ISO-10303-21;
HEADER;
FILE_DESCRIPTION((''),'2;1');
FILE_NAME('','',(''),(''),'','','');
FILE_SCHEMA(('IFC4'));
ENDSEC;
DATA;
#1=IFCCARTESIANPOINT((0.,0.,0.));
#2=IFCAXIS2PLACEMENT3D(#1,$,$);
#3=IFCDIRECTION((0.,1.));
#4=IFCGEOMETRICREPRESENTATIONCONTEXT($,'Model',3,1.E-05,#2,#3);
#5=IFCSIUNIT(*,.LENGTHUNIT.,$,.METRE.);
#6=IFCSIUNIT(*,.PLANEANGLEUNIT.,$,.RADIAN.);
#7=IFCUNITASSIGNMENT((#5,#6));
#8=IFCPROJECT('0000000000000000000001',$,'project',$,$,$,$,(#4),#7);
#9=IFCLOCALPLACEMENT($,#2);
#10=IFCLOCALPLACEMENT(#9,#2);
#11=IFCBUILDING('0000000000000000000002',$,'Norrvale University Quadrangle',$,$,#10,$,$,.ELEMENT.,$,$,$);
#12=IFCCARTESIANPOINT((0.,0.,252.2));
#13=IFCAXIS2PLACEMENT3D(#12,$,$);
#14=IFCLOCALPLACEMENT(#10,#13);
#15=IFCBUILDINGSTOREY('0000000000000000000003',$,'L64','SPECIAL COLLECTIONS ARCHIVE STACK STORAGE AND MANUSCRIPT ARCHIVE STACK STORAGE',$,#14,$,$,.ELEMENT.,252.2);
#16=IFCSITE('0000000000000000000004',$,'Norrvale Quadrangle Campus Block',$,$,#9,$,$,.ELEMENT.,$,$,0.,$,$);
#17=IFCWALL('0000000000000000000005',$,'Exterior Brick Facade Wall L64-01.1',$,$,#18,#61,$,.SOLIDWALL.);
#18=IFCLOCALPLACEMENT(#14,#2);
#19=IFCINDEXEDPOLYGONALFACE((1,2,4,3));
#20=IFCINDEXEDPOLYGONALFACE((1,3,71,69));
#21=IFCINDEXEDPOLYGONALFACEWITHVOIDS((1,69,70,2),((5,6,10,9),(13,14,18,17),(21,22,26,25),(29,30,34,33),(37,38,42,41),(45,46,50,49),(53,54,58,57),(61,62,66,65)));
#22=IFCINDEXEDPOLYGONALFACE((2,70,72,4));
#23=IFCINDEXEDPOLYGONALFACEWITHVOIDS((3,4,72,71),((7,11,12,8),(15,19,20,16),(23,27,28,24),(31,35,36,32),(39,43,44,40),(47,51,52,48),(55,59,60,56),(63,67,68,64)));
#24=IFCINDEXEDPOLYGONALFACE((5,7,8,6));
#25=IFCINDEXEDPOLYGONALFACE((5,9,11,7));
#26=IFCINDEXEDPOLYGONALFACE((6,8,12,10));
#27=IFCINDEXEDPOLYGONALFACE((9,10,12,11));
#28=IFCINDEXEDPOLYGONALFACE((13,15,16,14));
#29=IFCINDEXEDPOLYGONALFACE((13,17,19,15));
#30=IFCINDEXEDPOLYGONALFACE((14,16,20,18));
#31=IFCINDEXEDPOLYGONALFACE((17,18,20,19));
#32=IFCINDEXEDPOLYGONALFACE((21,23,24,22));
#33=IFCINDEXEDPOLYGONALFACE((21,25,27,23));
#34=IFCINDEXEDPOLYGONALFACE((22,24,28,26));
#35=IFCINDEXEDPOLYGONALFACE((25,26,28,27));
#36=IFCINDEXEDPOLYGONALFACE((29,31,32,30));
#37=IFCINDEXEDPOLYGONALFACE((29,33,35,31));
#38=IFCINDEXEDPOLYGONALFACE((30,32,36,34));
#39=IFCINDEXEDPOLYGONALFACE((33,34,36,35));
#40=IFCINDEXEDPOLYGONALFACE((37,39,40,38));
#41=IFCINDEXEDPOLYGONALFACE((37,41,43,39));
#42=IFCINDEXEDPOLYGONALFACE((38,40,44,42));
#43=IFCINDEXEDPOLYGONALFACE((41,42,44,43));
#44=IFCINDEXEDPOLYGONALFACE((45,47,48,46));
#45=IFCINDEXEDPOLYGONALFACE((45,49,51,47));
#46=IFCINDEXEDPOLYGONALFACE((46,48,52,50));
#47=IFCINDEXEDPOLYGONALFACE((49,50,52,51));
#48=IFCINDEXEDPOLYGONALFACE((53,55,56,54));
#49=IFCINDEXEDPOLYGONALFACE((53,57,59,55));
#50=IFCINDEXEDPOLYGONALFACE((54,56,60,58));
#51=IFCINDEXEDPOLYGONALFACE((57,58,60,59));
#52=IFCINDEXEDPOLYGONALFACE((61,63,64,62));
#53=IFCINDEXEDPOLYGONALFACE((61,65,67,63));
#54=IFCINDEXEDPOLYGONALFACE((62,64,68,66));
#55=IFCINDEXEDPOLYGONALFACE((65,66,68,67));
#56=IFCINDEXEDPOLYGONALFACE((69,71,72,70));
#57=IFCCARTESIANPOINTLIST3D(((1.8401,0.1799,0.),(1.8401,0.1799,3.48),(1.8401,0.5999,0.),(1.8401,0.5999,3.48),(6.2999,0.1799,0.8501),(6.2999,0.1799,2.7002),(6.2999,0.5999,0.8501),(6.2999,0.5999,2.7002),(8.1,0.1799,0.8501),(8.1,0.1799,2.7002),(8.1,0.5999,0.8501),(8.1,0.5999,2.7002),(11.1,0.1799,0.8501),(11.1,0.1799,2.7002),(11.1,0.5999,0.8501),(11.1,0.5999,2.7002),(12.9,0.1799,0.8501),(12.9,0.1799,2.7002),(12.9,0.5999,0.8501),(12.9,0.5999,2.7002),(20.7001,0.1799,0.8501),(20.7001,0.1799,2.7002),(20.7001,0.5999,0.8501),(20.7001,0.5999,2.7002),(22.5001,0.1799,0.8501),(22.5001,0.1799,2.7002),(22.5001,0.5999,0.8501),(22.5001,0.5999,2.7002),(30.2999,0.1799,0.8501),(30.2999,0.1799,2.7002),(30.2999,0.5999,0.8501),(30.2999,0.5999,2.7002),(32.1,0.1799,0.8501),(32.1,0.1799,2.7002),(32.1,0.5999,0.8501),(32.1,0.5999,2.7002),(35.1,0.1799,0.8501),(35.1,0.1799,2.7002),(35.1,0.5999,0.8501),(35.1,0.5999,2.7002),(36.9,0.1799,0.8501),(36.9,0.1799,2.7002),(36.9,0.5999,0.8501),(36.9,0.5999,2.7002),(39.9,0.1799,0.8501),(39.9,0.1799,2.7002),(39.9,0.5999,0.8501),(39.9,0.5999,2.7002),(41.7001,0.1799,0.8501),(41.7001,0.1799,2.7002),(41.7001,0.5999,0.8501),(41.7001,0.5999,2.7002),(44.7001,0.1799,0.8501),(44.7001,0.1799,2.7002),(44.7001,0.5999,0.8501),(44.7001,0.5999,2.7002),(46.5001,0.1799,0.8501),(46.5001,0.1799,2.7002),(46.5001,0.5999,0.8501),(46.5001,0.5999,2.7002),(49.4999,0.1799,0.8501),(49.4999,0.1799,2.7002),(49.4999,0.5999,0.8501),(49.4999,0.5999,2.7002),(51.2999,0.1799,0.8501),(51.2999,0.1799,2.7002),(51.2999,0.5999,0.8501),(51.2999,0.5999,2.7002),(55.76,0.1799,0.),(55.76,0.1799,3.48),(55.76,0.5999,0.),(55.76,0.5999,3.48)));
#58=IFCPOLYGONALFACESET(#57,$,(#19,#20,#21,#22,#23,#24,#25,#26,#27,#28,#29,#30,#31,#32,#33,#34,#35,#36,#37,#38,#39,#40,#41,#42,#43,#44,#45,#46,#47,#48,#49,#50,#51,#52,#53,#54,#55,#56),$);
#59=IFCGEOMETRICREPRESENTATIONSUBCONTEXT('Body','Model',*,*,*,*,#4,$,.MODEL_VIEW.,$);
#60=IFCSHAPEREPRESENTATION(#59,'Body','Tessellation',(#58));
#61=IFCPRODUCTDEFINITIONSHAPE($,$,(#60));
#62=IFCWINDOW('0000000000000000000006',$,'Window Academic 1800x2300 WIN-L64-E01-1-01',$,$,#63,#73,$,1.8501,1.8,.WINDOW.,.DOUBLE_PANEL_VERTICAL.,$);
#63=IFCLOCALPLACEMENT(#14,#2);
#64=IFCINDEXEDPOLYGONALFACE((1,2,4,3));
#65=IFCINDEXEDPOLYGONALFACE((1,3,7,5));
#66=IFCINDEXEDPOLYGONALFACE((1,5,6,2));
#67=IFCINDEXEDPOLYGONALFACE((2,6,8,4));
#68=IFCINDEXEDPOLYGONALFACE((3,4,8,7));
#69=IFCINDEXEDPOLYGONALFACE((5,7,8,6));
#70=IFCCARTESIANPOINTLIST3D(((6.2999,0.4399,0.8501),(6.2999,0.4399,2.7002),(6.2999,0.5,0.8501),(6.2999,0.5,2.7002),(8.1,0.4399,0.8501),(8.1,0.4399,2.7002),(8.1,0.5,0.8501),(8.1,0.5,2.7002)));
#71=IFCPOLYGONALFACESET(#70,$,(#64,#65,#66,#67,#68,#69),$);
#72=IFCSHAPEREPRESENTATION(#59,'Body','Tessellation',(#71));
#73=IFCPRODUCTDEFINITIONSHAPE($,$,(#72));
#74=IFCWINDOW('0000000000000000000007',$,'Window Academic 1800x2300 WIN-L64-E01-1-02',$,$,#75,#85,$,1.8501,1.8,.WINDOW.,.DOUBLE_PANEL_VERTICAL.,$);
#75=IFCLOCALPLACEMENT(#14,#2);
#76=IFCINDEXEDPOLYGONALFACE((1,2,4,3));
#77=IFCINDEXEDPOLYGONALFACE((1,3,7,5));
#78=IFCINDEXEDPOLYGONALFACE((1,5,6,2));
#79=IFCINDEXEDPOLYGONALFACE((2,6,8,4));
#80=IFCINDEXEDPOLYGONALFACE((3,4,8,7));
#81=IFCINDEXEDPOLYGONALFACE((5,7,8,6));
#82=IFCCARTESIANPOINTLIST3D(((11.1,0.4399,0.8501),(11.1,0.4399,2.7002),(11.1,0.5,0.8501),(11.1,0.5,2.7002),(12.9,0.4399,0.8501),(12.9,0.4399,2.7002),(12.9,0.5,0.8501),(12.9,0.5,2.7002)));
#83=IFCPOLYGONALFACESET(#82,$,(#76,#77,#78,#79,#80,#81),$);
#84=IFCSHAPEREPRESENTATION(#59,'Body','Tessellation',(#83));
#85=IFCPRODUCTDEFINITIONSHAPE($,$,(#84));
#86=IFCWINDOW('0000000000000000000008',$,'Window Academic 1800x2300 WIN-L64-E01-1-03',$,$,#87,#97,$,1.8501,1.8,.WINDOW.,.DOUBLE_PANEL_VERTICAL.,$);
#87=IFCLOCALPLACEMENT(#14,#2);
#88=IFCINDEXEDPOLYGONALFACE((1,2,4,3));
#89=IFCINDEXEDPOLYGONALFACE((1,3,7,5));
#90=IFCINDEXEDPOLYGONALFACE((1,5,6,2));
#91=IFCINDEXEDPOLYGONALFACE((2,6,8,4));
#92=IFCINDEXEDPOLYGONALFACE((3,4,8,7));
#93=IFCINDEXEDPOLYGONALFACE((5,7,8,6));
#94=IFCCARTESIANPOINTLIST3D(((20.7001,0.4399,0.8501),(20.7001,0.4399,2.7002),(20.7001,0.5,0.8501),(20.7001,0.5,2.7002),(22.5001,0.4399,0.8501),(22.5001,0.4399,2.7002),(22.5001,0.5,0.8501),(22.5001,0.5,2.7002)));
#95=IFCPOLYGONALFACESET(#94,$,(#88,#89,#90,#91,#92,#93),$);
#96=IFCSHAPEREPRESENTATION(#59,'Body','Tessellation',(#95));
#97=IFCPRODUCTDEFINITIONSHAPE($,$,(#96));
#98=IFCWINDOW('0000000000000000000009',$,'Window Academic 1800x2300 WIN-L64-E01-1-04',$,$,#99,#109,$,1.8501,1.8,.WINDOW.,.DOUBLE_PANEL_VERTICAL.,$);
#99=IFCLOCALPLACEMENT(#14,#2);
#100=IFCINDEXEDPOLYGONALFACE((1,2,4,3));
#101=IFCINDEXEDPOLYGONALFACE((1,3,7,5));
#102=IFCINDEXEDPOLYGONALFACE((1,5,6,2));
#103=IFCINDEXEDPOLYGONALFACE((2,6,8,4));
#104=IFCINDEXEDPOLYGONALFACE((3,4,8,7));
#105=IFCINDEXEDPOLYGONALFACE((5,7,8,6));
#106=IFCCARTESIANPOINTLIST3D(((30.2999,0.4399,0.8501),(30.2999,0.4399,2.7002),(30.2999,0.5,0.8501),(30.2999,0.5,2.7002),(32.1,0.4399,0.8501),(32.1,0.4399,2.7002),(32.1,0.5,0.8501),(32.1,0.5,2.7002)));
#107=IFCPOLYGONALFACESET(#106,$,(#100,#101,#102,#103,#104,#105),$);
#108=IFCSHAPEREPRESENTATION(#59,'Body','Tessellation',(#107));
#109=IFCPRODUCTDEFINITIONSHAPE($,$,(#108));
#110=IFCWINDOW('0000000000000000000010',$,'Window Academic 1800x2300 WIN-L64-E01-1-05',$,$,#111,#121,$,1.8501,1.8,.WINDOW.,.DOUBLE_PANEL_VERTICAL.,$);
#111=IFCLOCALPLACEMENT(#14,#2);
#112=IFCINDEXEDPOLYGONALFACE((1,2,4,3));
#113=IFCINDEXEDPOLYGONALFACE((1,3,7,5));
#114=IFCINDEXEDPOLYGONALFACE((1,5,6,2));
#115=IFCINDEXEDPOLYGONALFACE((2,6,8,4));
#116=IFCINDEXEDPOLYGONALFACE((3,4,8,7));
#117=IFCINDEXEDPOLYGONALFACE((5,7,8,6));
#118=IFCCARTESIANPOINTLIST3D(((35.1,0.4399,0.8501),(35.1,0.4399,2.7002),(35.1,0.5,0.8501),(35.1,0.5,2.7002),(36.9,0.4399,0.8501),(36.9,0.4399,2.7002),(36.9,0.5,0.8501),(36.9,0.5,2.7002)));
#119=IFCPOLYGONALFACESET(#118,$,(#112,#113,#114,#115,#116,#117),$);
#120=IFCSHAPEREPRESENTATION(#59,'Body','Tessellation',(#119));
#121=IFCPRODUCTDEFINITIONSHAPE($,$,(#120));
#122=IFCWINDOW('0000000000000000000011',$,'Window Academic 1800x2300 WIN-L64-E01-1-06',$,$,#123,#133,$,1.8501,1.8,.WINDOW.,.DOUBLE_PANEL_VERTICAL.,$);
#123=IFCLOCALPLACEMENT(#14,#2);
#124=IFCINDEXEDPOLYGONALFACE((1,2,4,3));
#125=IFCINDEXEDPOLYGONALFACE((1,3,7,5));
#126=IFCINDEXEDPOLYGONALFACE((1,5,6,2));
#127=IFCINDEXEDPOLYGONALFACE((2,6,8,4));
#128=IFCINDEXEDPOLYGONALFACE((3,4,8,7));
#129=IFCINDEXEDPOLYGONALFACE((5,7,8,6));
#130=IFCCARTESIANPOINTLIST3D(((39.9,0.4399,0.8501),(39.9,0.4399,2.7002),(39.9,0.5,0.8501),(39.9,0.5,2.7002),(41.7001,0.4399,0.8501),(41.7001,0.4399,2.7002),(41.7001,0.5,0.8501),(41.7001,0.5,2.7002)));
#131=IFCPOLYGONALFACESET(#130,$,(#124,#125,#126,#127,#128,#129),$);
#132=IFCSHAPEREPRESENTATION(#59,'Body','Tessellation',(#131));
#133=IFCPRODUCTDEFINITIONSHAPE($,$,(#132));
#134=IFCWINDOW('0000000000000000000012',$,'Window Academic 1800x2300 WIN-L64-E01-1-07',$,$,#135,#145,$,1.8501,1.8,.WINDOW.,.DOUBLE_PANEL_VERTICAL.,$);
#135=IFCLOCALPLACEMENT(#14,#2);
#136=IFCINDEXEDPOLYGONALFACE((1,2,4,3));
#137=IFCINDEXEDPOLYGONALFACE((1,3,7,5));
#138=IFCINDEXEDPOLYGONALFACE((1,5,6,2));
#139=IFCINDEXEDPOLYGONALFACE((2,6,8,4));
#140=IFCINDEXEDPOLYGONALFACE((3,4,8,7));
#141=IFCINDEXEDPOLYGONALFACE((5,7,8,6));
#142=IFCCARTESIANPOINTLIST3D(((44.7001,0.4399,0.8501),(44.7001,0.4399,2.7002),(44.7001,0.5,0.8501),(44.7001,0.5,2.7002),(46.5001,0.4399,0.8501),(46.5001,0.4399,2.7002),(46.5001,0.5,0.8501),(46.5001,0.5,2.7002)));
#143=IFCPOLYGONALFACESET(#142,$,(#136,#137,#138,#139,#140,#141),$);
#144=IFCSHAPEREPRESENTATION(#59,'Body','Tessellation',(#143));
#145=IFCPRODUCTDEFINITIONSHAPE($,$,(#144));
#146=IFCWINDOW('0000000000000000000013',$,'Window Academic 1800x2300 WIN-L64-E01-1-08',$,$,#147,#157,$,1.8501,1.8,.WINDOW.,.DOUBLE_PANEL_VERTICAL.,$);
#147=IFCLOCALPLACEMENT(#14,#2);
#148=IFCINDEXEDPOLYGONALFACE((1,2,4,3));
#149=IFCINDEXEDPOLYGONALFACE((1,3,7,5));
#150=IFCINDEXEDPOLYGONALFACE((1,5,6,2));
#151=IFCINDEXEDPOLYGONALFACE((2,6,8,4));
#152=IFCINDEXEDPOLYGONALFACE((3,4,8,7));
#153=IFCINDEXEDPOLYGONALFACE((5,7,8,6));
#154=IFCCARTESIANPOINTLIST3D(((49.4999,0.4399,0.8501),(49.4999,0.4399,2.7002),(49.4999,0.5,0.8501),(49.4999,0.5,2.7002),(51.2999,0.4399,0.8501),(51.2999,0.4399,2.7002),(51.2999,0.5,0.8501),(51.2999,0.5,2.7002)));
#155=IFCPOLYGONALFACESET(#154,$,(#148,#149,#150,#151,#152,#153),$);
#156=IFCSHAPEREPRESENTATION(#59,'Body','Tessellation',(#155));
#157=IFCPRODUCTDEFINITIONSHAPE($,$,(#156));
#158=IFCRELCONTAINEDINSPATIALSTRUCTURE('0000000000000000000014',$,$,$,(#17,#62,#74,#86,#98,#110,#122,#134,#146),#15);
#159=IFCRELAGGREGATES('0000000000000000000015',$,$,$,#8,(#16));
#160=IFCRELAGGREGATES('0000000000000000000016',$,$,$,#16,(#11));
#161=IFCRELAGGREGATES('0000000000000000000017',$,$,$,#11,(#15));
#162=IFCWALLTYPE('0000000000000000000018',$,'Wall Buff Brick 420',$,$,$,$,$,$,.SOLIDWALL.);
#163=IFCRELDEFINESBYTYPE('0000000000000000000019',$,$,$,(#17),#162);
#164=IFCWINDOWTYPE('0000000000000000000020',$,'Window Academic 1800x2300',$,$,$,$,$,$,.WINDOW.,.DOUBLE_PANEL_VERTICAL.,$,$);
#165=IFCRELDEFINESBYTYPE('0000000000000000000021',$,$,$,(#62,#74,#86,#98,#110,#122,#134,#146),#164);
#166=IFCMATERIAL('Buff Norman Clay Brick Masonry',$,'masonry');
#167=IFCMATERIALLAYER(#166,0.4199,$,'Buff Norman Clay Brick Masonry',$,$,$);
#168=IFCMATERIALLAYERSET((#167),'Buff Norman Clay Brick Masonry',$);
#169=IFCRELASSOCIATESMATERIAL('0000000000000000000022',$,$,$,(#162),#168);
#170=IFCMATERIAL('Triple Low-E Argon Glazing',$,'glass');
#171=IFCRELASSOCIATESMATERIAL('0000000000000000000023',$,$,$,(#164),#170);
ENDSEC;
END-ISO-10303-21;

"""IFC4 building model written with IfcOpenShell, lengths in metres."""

from ifc_helpers import new_model, si_unit, direction, frame, frame_2d, origin, place, context, subcontext, project, spatial, rectangle, extrude, material, layer, layer_set, type_object, element, fill, save


model = new_model("IFC4")

# Units and contexts
model_context = context("Model", 3, precision=1e-05, world=origin(), true_north=direction((0.0, 1.0)))
body_context = subcontext(model_context, "Body", "Model", "MODEL_VIEW")
ifc_project = project(units=[si_unit("LENGTHUNIT", "METRE"), si_unit("PLANEANGLEUNIT", "RADIAN")], contexts=[model_context])

# Site, building, storey
site_placement = place(None, origin())
site = spatial("IfcSite", under=ifc_project, at=site_placement, Name="Norrvale Quadrangle Campus Block", CompositionType="ELEMENT", RefElevation=0.0)
building_placement = place(site_placement, origin())
building = spatial("IfcBuilding", under=site, at=building_placement, Name="Norrvale University Quadrangle", CompositionType="ELEMENT")
storey_placement = place(building_placement, frame((0.0, 0.0, 252.2)))
storey = spatial("IfcBuildingStorey", under=building, at=storey_placement, Name="L64", Description="SPECIAL COLLECTIONS ARCHIVE STACK STORAGE AND MANUSCRIPT ARCHIVE STACK STORAGE", CompositionType="ELEMENT", Elevation=252.2)

# Wall, openings, windows
ifc_material_1 = material(Name="Buff Norman Clay Brick Masonry", Category="masonry")
ifc_layer_1 = layer(ifc_material_1, 0.4199, Name="Buff Norman Clay Brick Masonry")
ifc_layer_set_1 = layer_set([ifc_layer_1], Name="Buff Norman Clay Brick Masonry")
wall_type_1 = type_object("IfcWallType", Name="Wall Buff Brick 420", PredefinedType="SOLIDWALL", material=ifc_layer_set_1)
wall_1_placement = place(storey_placement, frame((1.8401, 0.3899, 0.0), z_axis=(0.0, 0.0, 1.0), x_axis=(1.0, 0.0, 0.0)))
wall_1 = element("IfcWall", 1, at=wall_1_placement, inside=storey, type_object=wall_type_1, Name="Exterior Brick Facade Wall L64-01.1", PredefinedType="SOLIDWALL", context=body_context, shape_type="SweptSolid", body=[
    extrude(rectangle(XDim=53.9199, YDim=0.4199, at=frame_2d((26.96, 0.0))), origin(), (0.0, 0.0, 1.0), 3.48),
])
opening_1_placement = place(wall_1_placement, frame((4.46, 0.0, 0.8501)))
opening_1 = element("IfcOpeningElement", 2, at=opening_1_placement, cuts=wall_1, PredefinedType="OPENING", context=body_context, shape_type="SweptSolid", body=[
    extrude(rectangle(XDim=1.8, YDim=1.8501, at=frame_2d((0.8999, 0.925))), frame((0.0, 0.2219, 0.0), z_axis=(0.0, -1.0, 0.0), x_axis=(1.0, 0.0, 0.0)), (0.0, 0.0, 1.0), 0.4438),
])
opening_2_placement = place(wall_1_placement, frame((9.26, 0.0, 0.8501)))
opening_2 = element("IfcOpeningElement", 3, at=opening_2_placement, cuts=wall_1, PredefinedType="OPENING", context=body_context, shape_type="SweptSolid", body=[
    extrude(rectangle(XDim=1.8, YDim=1.8501, at=frame_2d((0.8999, 0.925))), frame((0.0, 0.2219, 0.0), z_axis=(0.0, -1.0, 0.0), x_axis=(1.0, 0.0, 0.0)), (0.0, 0.0, 1.0), 0.4438),
])
opening_3_placement = place(wall_1_placement, frame((18.8601, 0.0, 0.8501)))
opening_3 = element("IfcOpeningElement", 4, at=opening_3_placement, cuts=wall_1, PredefinedType="OPENING", context=body_context, shape_type="SweptSolid", body=[
    extrude(rectangle(XDim=1.8, YDim=1.8501, at=frame_2d((0.8999, 0.925))), frame((0.0, 0.2219, 0.0), z_axis=(0.0, -1.0, 0.0), x_axis=(1.0, 0.0, 0.0)), (0.0, 0.0, 1.0), 0.4438),
])
opening_4_placement = place(wall_1_placement, frame((28.46, 0.0, 0.8501)))
opening_4 = element("IfcOpeningElement", 5, at=opening_4_placement, cuts=wall_1, PredefinedType="OPENING", context=body_context, shape_type="SweptSolid", body=[
    extrude(rectangle(XDim=1.8, YDim=1.8501, at=frame_2d((0.8999, 0.925))), frame((0.0, 0.2219, 0.0), z_axis=(0.0, -1.0, 0.0), x_axis=(1.0, 0.0, 0.0)), (0.0, 0.0, 1.0), 0.4438),
])
opening_5_placement = place(wall_1_placement, frame((33.26, 0.0, 0.8501)))
opening_5 = element("IfcOpeningElement", 6, at=opening_5_placement, cuts=wall_1, PredefinedType="OPENING", context=body_context, shape_type="SweptSolid", body=[
    extrude(rectangle(XDim=1.8, YDim=1.8501, at=frame_2d((0.8999, 0.925))), frame((0.0, 0.2219, 0.0), z_axis=(0.0, -1.0, 0.0), x_axis=(1.0, 0.0, 0.0)), (0.0, 0.0, 1.0), 0.4438),
])
opening_6_placement = place(wall_1_placement, frame((38.0601, 0.0, 0.8501)))
opening_6 = element("IfcOpeningElement", 7, at=opening_6_placement, cuts=wall_1, PredefinedType="OPENING", context=body_context, shape_type="SweptSolid", body=[
    extrude(rectangle(XDim=1.8, YDim=1.8501, at=frame_2d((0.8999, 0.925))), frame((0.0, 0.2219, 0.0), z_axis=(0.0, -1.0, 0.0), x_axis=(1.0, 0.0, 0.0)), (0.0, 0.0, 1.0), 0.4438),
])
opening_7_placement = place(wall_1_placement, frame((42.8601, 0.0, 0.8501)))
opening_7 = element("IfcOpeningElement", 8, at=opening_7_placement, cuts=wall_1, PredefinedType="OPENING", context=body_context, shape_type="SweptSolid", body=[
    extrude(rectangle(XDim=1.8, YDim=1.8501, at=frame_2d((0.8999, 0.925))), frame((0.0, 0.2219, 0.0), z_axis=(0.0, -1.0, 0.0), x_axis=(1.0, 0.0, 0.0)), (0.0, 0.0, 1.0), 0.4438),
])
opening_8_placement = place(wall_1_placement, frame((47.6599, 0.0, 0.8501)))
opening_8 = element("IfcOpeningElement", 9, at=opening_8_placement, cuts=wall_1, PredefinedType="OPENING", context=body_context, shape_type="SweptSolid", body=[
    extrude(rectangle(XDim=1.8, YDim=1.8501, at=frame_2d((0.8999, 0.925))), frame((0.0, 0.2219, 0.0), z_axis=(0.0, -1.0, 0.0), x_axis=(1.0, 0.0, 0.0)), (0.0, 0.0, 1.0), 0.4438),
])
ifc_material_2 = material(Name="Triple Low-E Argon Glazing", Category="glass")
window_type = type_object("IfcWindowType", Name="Window Academic 1800x2300", PartitioningType="DOUBLE_PANEL_VERTICAL", PredefinedType="WINDOW", material=ifc_material_2)
window_1_placement = place(opening_1_placement, origin())
window_1 = element("IfcWindow", 10, at=window_1_placement, inside=storey, type_object=window_type, Name="Window Academic 1800x2300 WIN-L64-E01-1-01", OverallHeight=1.8501, OverallWidth=1.8, PartitioningType="DOUBLE_PANEL_VERTICAL", PredefinedType="WINDOW", context=body_context, shape_type="SweptSolid", body=[
    extrude(rectangle(XDim=1.8, YDim=1.8501, at=frame_2d((0.8999, 0.925))), frame((0.0, 0.1101, 0.0), z_axis=(0.0, -1.0, 0.0), x_axis=(1.0, 0.0, 0.0)), (0.0, 0.0, 1.0), 0.0601),
])
fill(opening_1, window_1)
window_2_placement = place(opening_2_placement, origin())
window_2 = element("IfcWindow", 11, at=window_2_placement, inside=storey, type_object=window_type, Name="Window Academic 1800x2300 WIN-L64-E01-1-02", OverallHeight=1.8501, OverallWidth=1.8, PartitioningType="DOUBLE_PANEL_VERTICAL", PredefinedType="WINDOW", context=body_context, shape_type="SweptSolid", body=[
    extrude(rectangle(XDim=1.8, YDim=1.8501, at=frame_2d((0.8999, 0.925))), frame((0.0, 0.1101, 0.0), z_axis=(0.0, -1.0, 0.0), x_axis=(1.0, 0.0, 0.0)), (0.0, 0.0, 1.0), 0.0601),
])
fill(opening_2, window_2)
window_3_placement = place(opening_3_placement, origin())
window_3 = element("IfcWindow", 12, at=window_3_placement, inside=storey, type_object=window_type, Name="Window Academic 1800x2300 WIN-L64-E01-1-03", OverallHeight=1.8501, OverallWidth=1.8, PartitioningType="DOUBLE_PANEL_VERTICAL", PredefinedType="WINDOW", context=body_context, shape_type="SweptSolid", body=[
    extrude(rectangle(XDim=1.8, YDim=1.8501, at=frame_2d((0.8999, 0.925))), frame((0.0, 0.1101, 0.0), z_axis=(0.0, -1.0, 0.0), x_axis=(1.0, 0.0, 0.0)), (0.0, 0.0, 1.0), 0.0601),
])
fill(opening_3, window_3)
window_4_placement = place(opening_4_placement, origin())
window_4 = element("IfcWindow", 13, at=window_4_placement, inside=storey, type_object=window_type, Name="Window Academic 1800x2300 WIN-L64-E01-1-04", OverallHeight=1.8501, OverallWidth=1.8, PartitioningType="DOUBLE_PANEL_VERTICAL", PredefinedType="WINDOW", context=body_context, shape_type="SweptSolid", body=[
    extrude(rectangle(XDim=1.8, YDim=1.8501, at=frame_2d((0.8999, 0.925))), frame((0.0, 0.1101, 0.0), z_axis=(0.0, -1.0, 0.0), x_axis=(1.0, 0.0, 0.0)), (0.0, 0.0, 1.0), 0.0601),
])
fill(opening_4, window_4)
window_5_placement = place(opening_5_placement, origin())
window_5 = element("IfcWindow", 14, at=window_5_placement, inside=storey, type_object=window_type, Name="Window Academic 1800x2300 WIN-L64-E01-1-05", OverallHeight=1.8501, OverallWidth=1.8, PartitioningType="DOUBLE_PANEL_VERTICAL", PredefinedType="WINDOW", context=body_context, shape_type="SweptSolid", body=[
    extrude(rectangle(XDim=1.8, YDim=1.8501, at=frame_2d((0.8999, 0.925))), frame((0.0, 0.1101, 0.0), z_axis=(0.0, -1.0, 0.0), x_axis=(1.0, 0.0, 0.0)), (0.0, 0.0, 1.0), 0.0601),
])
fill(opening_5, window_5)
window_6_placement = place(opening_6_placement, origin())
window_6 = element("IfcWindow", 15, at=window_6_placement, inside=storey, type_object=window_type, Name="Window Academic 1800x2300 WIN-L64-E01-1-06", OverallHeight=1.8501, OverallWidth=1.8, PartitioningType="DOUBLE_PANEL_VERTICAL", PredefinedType="WINDOW", context=body_context, shape_type="SweptSolid", body=[
    extrude(rectangle(XDim=1.8, YDim=1.8501, at=frame_2d((0.8999, 0.925))), frame((0.0, 0.1101, 0.0), z_axis=(0.0, -1.0, 0.0), x_axis=(1.0, 0.0, 0.0)), (0.0, 0.0, 1.0), 0.0601),
])
fill(opening_6, window_6)
window_7_placement = place(opening_7_placement, origin())
window_7 = element("IfcWindow", 16, at=window_7_placement, inside=storey, type_object=window_type, Name="Window Academic 1800x2300 WIN-L64-E01-1-07", OverallHeight=1.8501, OverallWidth=1.8, PartitioningType="DOUBLE_PANEL_VERTICAL", PredefinedType="WINDOW", context=body_context, shape_type="SweptSolid", body=[
    extrude(rectangle(XDim=1.8, YDim=1.8501, at=frame_2d((0.8999, 0.925))), frame((0.0, 0.1101, 0.0), z_axis=(0.0, -1.0, 0.0), x_axis=(1.0, 0.0, 0.0)), (0.0, 0.0, 1.0), 0.0601),
])
fill(opening_7, window_7)
window_8_placement = place(opening_8_placement, origin())
window_8 = element("IfcWindow", 17, at=window_8_placement, inside=storey, type_object=window_type, Name="Window Academic 1800x2300 WIN-L64-E01-1-08", OverallHeight=1.8501, OverallWidth=1.8, PartitioningType="DOUBLE_PANEL_VERTICAL", PredefinedType="WINDOW", context=body_context, shape_type="SweptSolid", body=[
    extrude(rectangle(XDim=1.8, YDim=1.8501, at=frame_2d((0.8999, 0.925))), frame((0.0, 0.1101, 0.0), z_axis=(0.0, -1.0, 0.0), x_axis=(1.0, 0.0, 0.0)), (0.0, 0.0, 1.0), 0.0601),
])
fill(opening_8, window_8)

save(model, "model.ifc")
